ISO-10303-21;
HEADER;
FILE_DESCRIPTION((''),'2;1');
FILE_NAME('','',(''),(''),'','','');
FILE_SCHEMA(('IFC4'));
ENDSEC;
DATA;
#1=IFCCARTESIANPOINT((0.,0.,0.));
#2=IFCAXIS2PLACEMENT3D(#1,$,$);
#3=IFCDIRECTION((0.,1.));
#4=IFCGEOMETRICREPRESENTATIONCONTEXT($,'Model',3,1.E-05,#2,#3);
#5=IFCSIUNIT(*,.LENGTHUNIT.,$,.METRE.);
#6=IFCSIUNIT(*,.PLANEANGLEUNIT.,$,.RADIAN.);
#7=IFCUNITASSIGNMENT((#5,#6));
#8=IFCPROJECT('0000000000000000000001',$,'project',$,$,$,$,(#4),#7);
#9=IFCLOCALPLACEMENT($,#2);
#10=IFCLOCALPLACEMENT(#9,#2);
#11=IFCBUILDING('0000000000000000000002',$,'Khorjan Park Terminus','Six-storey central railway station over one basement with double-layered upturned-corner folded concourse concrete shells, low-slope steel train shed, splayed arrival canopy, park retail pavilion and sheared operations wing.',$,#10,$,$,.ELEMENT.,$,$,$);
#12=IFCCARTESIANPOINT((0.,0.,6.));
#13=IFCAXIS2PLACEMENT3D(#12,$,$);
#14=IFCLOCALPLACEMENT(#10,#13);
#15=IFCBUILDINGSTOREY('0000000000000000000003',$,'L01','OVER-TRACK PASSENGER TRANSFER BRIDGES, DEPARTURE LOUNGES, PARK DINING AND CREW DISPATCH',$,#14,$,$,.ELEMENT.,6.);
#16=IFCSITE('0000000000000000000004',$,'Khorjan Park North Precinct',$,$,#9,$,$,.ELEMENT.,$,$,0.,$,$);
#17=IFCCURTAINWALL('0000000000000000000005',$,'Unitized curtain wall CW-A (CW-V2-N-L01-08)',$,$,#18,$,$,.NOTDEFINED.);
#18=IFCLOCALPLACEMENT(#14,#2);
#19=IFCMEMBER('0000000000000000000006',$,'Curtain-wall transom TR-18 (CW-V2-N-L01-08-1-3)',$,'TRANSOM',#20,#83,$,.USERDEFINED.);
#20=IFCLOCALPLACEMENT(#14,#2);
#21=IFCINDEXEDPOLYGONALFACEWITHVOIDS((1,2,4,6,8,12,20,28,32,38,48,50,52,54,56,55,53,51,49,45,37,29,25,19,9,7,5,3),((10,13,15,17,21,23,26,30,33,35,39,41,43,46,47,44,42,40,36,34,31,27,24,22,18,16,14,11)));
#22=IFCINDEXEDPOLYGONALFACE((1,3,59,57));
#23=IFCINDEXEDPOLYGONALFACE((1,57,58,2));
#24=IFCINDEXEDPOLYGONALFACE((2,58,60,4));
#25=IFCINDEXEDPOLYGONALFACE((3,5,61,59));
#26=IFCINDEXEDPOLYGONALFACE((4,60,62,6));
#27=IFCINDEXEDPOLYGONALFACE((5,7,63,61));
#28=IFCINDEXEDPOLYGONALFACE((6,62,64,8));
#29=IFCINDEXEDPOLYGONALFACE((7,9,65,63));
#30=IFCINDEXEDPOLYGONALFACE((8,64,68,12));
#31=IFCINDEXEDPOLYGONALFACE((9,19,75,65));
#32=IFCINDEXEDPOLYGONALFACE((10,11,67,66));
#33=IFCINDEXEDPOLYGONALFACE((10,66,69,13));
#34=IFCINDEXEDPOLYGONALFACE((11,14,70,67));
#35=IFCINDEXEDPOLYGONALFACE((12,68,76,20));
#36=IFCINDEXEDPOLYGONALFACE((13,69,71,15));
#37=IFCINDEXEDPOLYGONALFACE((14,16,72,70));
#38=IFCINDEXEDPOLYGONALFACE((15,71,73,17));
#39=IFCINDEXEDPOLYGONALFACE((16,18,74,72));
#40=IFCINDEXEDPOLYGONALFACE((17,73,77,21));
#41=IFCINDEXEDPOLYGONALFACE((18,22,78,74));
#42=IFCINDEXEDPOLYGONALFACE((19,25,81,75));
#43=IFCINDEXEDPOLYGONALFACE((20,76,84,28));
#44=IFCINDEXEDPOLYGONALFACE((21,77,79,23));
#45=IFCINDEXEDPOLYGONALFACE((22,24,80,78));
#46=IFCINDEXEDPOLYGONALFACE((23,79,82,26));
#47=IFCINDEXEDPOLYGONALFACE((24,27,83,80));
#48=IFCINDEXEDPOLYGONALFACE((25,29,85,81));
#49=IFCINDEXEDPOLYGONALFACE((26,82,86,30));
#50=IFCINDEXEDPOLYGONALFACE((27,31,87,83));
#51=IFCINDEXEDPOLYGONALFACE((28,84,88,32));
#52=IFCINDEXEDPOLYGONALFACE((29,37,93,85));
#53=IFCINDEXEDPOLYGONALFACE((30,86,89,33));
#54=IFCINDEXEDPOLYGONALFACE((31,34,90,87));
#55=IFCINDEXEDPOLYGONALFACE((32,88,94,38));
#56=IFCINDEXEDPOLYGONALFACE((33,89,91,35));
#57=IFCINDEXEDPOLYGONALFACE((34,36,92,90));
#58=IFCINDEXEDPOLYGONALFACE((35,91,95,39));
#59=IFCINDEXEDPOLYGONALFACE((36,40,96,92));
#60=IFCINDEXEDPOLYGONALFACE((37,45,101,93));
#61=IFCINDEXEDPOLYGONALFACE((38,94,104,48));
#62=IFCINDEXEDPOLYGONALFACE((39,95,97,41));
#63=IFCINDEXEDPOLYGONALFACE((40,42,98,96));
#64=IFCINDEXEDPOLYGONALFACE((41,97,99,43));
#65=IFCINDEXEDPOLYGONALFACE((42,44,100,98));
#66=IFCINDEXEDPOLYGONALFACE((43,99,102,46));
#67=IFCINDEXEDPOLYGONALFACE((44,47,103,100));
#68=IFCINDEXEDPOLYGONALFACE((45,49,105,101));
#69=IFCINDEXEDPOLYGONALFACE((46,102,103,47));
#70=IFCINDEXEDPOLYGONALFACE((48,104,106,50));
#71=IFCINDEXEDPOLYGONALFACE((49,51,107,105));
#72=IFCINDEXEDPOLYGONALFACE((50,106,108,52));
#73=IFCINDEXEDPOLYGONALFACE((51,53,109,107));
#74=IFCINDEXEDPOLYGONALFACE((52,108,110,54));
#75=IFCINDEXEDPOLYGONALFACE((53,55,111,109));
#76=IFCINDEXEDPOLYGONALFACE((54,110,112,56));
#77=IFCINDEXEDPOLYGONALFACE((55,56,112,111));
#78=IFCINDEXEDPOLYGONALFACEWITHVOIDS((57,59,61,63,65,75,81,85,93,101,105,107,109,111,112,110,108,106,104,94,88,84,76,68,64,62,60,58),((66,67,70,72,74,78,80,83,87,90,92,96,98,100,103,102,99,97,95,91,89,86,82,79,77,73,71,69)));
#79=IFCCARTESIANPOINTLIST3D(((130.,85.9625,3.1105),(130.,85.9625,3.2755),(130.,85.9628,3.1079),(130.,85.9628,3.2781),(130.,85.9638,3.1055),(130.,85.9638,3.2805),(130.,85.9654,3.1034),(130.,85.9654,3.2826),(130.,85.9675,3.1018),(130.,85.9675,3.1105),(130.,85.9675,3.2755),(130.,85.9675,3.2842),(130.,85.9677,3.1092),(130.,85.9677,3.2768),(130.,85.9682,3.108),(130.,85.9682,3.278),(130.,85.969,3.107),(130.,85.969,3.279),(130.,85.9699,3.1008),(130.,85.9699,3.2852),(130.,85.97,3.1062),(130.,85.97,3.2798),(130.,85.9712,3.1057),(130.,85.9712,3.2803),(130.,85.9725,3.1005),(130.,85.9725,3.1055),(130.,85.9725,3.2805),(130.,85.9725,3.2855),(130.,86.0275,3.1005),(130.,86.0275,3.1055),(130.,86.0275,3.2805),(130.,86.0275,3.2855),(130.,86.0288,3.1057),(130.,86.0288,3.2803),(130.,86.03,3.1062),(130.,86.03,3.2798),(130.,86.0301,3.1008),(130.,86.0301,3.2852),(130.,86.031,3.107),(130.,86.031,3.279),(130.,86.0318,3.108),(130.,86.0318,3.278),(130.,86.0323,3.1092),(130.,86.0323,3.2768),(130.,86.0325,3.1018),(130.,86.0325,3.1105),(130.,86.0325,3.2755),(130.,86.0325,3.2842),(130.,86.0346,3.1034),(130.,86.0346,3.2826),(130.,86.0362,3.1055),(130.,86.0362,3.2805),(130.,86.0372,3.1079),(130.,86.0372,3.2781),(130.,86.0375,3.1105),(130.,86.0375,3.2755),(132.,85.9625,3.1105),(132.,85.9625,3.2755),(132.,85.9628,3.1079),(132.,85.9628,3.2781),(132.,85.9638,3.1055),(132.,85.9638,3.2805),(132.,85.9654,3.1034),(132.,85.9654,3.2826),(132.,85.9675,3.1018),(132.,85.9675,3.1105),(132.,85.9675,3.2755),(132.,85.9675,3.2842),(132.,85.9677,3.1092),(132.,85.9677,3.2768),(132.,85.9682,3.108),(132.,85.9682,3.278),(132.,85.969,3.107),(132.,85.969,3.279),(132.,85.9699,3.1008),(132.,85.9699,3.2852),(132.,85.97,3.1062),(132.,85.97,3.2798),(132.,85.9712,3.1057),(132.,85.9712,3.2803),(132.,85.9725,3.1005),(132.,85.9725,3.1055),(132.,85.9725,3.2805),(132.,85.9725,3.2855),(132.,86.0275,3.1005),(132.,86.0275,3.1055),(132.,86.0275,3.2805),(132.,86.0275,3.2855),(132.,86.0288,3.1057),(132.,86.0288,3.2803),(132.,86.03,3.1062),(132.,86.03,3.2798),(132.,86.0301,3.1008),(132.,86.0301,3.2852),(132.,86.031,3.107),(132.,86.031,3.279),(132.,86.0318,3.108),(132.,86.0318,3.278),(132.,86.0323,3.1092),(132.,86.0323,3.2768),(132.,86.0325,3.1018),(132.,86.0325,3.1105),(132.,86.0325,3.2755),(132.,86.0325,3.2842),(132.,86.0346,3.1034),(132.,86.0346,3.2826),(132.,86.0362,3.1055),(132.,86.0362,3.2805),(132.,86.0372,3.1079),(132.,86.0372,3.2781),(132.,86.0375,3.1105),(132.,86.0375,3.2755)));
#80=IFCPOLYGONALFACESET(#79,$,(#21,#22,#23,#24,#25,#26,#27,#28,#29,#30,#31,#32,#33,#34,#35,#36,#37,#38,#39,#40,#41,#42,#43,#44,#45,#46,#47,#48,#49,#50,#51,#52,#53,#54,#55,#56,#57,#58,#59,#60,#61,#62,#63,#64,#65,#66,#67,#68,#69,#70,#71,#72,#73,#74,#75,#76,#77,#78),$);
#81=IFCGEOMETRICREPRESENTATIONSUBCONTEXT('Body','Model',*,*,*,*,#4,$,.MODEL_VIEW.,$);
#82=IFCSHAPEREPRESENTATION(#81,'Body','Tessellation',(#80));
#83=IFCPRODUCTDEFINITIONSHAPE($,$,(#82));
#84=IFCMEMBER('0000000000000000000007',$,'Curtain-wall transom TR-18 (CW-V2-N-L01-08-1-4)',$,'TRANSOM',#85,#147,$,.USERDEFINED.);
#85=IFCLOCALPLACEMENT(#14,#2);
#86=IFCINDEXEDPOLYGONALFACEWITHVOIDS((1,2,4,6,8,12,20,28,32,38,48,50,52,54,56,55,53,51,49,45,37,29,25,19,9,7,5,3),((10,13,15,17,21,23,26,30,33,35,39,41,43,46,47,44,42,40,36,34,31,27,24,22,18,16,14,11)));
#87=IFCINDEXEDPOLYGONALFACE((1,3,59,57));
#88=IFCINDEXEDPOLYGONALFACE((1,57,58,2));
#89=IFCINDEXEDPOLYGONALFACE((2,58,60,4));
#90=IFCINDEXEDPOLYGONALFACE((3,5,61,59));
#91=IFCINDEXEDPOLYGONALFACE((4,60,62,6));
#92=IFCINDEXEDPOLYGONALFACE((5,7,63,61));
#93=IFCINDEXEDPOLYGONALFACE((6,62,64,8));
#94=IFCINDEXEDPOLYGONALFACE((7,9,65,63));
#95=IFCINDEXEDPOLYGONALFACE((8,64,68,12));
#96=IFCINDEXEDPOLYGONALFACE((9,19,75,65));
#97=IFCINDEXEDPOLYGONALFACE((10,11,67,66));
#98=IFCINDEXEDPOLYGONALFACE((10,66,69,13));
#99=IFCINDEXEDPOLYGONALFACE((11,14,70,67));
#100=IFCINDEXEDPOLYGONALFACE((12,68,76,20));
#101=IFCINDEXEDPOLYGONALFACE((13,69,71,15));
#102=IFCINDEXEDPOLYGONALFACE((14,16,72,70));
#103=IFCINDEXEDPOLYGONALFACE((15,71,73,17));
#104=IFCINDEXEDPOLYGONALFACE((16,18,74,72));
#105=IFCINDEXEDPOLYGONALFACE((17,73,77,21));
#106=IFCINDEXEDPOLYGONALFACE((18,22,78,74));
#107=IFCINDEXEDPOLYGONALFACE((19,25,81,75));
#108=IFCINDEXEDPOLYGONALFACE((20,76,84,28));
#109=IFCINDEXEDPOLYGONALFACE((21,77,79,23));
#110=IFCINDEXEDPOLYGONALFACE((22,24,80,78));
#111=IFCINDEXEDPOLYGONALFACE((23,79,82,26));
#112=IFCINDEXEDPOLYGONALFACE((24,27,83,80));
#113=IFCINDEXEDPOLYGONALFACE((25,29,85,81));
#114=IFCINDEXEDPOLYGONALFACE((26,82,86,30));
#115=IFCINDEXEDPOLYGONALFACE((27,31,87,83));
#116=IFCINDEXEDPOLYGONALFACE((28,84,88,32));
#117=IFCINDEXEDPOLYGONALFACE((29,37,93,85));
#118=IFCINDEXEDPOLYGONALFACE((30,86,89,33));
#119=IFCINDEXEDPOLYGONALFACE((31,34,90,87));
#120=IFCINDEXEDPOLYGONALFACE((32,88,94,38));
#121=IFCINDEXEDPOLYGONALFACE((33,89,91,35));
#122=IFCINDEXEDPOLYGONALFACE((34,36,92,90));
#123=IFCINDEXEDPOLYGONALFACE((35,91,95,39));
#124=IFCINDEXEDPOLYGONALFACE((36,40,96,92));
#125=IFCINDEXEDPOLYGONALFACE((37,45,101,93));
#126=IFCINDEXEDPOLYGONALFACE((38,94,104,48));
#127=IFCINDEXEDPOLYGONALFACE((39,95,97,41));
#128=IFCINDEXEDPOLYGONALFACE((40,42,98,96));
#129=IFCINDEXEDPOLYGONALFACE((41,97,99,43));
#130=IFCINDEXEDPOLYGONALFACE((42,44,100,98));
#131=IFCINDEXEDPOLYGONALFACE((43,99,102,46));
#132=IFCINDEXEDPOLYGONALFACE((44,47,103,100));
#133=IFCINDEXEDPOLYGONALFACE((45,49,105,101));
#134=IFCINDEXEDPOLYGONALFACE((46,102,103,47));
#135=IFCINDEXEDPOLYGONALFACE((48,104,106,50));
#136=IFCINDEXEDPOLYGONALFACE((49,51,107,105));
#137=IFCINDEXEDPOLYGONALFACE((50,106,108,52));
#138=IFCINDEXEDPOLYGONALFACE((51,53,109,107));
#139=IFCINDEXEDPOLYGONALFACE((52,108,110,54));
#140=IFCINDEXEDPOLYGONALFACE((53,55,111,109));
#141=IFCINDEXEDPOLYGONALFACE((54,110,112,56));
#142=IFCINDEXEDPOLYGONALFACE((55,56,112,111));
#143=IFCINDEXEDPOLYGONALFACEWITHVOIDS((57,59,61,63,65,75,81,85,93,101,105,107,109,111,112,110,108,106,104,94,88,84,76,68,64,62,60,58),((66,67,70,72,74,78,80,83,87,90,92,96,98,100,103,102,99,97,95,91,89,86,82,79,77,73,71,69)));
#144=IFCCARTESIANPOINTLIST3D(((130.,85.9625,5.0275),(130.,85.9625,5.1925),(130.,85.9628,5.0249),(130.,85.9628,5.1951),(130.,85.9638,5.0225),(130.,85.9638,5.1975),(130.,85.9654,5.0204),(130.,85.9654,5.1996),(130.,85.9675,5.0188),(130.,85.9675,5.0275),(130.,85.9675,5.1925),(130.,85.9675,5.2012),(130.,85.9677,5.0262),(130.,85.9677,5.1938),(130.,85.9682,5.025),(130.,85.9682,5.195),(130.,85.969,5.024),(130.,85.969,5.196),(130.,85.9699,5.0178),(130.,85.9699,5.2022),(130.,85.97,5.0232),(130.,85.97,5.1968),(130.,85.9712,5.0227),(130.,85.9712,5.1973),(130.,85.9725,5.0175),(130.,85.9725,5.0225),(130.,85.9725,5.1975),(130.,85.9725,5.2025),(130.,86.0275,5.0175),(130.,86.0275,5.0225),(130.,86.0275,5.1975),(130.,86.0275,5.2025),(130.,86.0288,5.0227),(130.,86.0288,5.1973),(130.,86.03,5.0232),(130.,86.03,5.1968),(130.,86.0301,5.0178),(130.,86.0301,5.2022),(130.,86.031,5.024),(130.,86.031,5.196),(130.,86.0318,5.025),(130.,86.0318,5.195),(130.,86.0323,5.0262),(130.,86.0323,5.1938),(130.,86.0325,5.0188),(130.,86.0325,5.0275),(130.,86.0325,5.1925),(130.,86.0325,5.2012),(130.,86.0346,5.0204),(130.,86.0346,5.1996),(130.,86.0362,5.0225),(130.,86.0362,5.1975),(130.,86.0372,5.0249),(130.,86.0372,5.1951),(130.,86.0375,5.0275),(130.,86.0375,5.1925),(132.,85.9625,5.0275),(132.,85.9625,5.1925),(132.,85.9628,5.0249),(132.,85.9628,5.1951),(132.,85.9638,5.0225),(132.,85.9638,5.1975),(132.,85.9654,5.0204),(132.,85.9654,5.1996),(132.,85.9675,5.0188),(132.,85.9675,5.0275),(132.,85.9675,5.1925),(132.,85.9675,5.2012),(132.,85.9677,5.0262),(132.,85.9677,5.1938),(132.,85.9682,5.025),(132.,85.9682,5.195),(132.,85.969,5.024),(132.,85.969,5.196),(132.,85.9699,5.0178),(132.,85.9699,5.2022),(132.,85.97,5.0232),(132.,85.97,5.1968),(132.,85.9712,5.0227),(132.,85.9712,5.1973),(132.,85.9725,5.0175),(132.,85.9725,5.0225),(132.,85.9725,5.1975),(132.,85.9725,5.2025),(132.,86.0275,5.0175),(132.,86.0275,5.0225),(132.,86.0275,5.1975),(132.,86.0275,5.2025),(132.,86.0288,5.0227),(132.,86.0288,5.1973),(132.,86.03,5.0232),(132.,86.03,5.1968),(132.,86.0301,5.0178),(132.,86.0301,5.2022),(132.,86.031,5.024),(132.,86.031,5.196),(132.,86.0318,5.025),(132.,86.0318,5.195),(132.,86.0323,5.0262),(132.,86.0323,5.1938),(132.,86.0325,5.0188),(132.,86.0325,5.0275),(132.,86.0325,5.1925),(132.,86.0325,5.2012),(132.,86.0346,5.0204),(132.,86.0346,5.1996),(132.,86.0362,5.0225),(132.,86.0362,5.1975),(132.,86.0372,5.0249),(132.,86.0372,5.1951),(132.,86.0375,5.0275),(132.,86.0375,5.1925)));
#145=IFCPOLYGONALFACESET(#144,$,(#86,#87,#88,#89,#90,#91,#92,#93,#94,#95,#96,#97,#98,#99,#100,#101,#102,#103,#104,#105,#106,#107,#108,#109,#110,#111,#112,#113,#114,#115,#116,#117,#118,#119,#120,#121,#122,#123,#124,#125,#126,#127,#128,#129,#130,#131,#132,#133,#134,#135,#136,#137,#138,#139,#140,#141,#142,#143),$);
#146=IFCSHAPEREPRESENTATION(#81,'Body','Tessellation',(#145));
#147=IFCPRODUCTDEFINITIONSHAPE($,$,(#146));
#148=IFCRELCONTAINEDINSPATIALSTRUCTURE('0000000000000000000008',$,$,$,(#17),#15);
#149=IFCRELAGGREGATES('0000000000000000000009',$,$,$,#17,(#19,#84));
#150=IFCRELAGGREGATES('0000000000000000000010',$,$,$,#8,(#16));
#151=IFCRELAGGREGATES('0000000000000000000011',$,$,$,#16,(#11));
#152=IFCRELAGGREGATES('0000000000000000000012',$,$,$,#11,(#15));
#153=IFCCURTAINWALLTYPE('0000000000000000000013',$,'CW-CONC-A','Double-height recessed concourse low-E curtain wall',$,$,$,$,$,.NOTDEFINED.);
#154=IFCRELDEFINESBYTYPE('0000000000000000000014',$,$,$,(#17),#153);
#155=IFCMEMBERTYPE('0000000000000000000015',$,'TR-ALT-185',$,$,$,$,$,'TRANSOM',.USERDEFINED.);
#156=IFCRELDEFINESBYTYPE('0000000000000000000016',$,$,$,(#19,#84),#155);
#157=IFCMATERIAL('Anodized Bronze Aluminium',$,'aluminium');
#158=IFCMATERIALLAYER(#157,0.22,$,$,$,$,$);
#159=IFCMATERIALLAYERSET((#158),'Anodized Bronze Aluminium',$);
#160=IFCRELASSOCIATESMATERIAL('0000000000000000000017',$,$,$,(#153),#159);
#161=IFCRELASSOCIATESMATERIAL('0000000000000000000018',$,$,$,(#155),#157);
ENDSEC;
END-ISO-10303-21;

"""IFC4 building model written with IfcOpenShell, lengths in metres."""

from ifc_helpers import new_model, si_unit, direction, frame, origin, origin_2d, place, context, subcontext, project, spatial, hollow_rectangle, extrude, material, layer, layer_set, material_profile, profile_set, type_object, element, aggregate, save


model = new_model("IFC4")

# Units and contexts
model_context = context("Model", 3, precision=1e-05, world=origin(), true_north=direction((0.0, 1.0)))
body_context = subcontext(model_context, "Body", "Model", "MODEL_VIEW")
ifc_project = project(units=[si_unit("LENGTHUNIT", "METRE"), si_unit("PLANEANGLEUNIT", "RADIAN")], contexts=[model_context])

# Site, building, storey
site_placement = place(None, origin())
site = spatial("IfcSite", under=ifc_project, at=site_placement, Name="Khorjan Park North Precinct", CompositionType="ELEMENT", RefElevation=0.0)
building_placement = place(site_placement, origin())
building = spatial("IfcBuilding", under=site, at=building_placement, Name="Khorjan Park Terminus", Description="Six-storey central railway station over one basement with double-layered upturned-corner folded concourse concrete shells, low-slope steel train shed, splayed arrival canopy, park retail pavilion and sheared operations wing.", CompositionType="ELEMENT")
storey_placement = place(building_placement, frame((0.0, 0.0, 6.0)))
storey = spatial("IfcBuildingStorey", under=building, at=storey_placement, Name="L01", Description="OVER-TRACK PASSENGER TRANSFER BRIDGES, DEPARTURE LOUNGES, PARK DINING AND CREW DISPATCH", CompositionType="ELEMENT", Elevation=6.0)

# Curtain wall
ifc_material_1 = material(Name="Anodized Bronze Aluminium", Category="aluminium")
ifc_layer_1 = layer(ifc_material_1, 0.22)
ifc_layer_set_1 = layer_set([ifc_layer_1], Name="Anodized Bronze Aluminium")
curtain_wall_type = type_object("IfcCurtainWallType", Name="CW-CONC-A", Description="Double-height recessed concourse low-E curtain wall", PredefinedType="NOTDEFINED", material=ifc_layer_set_1)
curtain_wall_1_placement = place(storey_placement, origin())
curtain_wall_1 = element("IfcCurtainWall", 1, at=curtain_wall_1_placement, inside=storey, type_object=curtain_wall_type, Name="Unitized curtain wall CW-A (CW-V2-N-L01-08)", PredefinedType="NOTDEFINED")

# Members
ifc_material_profile_1 = material_profile(ifc_material_1, hollow_rectangle(XDim=0.075, YDim=0.185, WallThickness=0.005, InnerFilletRadius=0.005, OuterFilletRadius=0.01, at=origin_2d()), Name="ALT 75x185x5")
ifc_profile_set_1 = profile_set([ifc_material_profile_1], Name="Anodized Bronze Aluminium")
member_type_1 = type_object("IfcMemberType", Name="TR-ALT-185", ElementType="TRANSOM", PredefinedType="USERDEFINED", material=ifc_profile_set_1)
member_1_placement = place(storey_placement, frame((132.0, 86.0, 3.193), z_axis=(-1.0, 0.0, 0.0), x_axis=(0.0, -1.0, 0.0)))
member_1 = element("IfcMember", 2, at=member_1_placement, type_object=member_type_1, Name="Curtain-wall transom TR-18 (CW-V2-N-L01-08-1-3)", ObjectType="TRANSOM", PredefinedType="USERDEFINED", context=body_context, shape_type="SweptSolid", body=[
    extrude(hollow_rectangle(XDim=0.075, YDim=0.185, WallThickness=0.005, InnerFilletRadius=0.005, OuterFilletRadius=0.01, at=origin_2d()), origin(), (0.0, 0.0, 1.0), 2.0),
])
member_2_placement = place(storey_placement, frame((132.0, 86.0, 5.11), z_axis=(-1.0, 0.0, 0.0), x_axis=(0.0, -1.0, 0.0)))
member_2 = element("IfcMember", 3, at=member_2_placement, type_object=member_type_1, Name="Curtain-wall transom TR-18 (CW-V2-N-L01-08-1-4)", ObjectType="TRANSOM", PredefinedType="USERDEFINED", context=body_context, shape_type="SweptSolid", body=[
    extrude(hollow_rectangle(XDim=0.075, YDim=0.185, WallThickness=0.005, InnerFilletRadius=0.005, OuterFilletRadius=0.01, at=origin_2d()), origin(), (0.0, 0.0, 1.0), 2.0),
])

aggregate(curtain_wall_1, [member_1, member_2])

save(model, "model.ifc")
